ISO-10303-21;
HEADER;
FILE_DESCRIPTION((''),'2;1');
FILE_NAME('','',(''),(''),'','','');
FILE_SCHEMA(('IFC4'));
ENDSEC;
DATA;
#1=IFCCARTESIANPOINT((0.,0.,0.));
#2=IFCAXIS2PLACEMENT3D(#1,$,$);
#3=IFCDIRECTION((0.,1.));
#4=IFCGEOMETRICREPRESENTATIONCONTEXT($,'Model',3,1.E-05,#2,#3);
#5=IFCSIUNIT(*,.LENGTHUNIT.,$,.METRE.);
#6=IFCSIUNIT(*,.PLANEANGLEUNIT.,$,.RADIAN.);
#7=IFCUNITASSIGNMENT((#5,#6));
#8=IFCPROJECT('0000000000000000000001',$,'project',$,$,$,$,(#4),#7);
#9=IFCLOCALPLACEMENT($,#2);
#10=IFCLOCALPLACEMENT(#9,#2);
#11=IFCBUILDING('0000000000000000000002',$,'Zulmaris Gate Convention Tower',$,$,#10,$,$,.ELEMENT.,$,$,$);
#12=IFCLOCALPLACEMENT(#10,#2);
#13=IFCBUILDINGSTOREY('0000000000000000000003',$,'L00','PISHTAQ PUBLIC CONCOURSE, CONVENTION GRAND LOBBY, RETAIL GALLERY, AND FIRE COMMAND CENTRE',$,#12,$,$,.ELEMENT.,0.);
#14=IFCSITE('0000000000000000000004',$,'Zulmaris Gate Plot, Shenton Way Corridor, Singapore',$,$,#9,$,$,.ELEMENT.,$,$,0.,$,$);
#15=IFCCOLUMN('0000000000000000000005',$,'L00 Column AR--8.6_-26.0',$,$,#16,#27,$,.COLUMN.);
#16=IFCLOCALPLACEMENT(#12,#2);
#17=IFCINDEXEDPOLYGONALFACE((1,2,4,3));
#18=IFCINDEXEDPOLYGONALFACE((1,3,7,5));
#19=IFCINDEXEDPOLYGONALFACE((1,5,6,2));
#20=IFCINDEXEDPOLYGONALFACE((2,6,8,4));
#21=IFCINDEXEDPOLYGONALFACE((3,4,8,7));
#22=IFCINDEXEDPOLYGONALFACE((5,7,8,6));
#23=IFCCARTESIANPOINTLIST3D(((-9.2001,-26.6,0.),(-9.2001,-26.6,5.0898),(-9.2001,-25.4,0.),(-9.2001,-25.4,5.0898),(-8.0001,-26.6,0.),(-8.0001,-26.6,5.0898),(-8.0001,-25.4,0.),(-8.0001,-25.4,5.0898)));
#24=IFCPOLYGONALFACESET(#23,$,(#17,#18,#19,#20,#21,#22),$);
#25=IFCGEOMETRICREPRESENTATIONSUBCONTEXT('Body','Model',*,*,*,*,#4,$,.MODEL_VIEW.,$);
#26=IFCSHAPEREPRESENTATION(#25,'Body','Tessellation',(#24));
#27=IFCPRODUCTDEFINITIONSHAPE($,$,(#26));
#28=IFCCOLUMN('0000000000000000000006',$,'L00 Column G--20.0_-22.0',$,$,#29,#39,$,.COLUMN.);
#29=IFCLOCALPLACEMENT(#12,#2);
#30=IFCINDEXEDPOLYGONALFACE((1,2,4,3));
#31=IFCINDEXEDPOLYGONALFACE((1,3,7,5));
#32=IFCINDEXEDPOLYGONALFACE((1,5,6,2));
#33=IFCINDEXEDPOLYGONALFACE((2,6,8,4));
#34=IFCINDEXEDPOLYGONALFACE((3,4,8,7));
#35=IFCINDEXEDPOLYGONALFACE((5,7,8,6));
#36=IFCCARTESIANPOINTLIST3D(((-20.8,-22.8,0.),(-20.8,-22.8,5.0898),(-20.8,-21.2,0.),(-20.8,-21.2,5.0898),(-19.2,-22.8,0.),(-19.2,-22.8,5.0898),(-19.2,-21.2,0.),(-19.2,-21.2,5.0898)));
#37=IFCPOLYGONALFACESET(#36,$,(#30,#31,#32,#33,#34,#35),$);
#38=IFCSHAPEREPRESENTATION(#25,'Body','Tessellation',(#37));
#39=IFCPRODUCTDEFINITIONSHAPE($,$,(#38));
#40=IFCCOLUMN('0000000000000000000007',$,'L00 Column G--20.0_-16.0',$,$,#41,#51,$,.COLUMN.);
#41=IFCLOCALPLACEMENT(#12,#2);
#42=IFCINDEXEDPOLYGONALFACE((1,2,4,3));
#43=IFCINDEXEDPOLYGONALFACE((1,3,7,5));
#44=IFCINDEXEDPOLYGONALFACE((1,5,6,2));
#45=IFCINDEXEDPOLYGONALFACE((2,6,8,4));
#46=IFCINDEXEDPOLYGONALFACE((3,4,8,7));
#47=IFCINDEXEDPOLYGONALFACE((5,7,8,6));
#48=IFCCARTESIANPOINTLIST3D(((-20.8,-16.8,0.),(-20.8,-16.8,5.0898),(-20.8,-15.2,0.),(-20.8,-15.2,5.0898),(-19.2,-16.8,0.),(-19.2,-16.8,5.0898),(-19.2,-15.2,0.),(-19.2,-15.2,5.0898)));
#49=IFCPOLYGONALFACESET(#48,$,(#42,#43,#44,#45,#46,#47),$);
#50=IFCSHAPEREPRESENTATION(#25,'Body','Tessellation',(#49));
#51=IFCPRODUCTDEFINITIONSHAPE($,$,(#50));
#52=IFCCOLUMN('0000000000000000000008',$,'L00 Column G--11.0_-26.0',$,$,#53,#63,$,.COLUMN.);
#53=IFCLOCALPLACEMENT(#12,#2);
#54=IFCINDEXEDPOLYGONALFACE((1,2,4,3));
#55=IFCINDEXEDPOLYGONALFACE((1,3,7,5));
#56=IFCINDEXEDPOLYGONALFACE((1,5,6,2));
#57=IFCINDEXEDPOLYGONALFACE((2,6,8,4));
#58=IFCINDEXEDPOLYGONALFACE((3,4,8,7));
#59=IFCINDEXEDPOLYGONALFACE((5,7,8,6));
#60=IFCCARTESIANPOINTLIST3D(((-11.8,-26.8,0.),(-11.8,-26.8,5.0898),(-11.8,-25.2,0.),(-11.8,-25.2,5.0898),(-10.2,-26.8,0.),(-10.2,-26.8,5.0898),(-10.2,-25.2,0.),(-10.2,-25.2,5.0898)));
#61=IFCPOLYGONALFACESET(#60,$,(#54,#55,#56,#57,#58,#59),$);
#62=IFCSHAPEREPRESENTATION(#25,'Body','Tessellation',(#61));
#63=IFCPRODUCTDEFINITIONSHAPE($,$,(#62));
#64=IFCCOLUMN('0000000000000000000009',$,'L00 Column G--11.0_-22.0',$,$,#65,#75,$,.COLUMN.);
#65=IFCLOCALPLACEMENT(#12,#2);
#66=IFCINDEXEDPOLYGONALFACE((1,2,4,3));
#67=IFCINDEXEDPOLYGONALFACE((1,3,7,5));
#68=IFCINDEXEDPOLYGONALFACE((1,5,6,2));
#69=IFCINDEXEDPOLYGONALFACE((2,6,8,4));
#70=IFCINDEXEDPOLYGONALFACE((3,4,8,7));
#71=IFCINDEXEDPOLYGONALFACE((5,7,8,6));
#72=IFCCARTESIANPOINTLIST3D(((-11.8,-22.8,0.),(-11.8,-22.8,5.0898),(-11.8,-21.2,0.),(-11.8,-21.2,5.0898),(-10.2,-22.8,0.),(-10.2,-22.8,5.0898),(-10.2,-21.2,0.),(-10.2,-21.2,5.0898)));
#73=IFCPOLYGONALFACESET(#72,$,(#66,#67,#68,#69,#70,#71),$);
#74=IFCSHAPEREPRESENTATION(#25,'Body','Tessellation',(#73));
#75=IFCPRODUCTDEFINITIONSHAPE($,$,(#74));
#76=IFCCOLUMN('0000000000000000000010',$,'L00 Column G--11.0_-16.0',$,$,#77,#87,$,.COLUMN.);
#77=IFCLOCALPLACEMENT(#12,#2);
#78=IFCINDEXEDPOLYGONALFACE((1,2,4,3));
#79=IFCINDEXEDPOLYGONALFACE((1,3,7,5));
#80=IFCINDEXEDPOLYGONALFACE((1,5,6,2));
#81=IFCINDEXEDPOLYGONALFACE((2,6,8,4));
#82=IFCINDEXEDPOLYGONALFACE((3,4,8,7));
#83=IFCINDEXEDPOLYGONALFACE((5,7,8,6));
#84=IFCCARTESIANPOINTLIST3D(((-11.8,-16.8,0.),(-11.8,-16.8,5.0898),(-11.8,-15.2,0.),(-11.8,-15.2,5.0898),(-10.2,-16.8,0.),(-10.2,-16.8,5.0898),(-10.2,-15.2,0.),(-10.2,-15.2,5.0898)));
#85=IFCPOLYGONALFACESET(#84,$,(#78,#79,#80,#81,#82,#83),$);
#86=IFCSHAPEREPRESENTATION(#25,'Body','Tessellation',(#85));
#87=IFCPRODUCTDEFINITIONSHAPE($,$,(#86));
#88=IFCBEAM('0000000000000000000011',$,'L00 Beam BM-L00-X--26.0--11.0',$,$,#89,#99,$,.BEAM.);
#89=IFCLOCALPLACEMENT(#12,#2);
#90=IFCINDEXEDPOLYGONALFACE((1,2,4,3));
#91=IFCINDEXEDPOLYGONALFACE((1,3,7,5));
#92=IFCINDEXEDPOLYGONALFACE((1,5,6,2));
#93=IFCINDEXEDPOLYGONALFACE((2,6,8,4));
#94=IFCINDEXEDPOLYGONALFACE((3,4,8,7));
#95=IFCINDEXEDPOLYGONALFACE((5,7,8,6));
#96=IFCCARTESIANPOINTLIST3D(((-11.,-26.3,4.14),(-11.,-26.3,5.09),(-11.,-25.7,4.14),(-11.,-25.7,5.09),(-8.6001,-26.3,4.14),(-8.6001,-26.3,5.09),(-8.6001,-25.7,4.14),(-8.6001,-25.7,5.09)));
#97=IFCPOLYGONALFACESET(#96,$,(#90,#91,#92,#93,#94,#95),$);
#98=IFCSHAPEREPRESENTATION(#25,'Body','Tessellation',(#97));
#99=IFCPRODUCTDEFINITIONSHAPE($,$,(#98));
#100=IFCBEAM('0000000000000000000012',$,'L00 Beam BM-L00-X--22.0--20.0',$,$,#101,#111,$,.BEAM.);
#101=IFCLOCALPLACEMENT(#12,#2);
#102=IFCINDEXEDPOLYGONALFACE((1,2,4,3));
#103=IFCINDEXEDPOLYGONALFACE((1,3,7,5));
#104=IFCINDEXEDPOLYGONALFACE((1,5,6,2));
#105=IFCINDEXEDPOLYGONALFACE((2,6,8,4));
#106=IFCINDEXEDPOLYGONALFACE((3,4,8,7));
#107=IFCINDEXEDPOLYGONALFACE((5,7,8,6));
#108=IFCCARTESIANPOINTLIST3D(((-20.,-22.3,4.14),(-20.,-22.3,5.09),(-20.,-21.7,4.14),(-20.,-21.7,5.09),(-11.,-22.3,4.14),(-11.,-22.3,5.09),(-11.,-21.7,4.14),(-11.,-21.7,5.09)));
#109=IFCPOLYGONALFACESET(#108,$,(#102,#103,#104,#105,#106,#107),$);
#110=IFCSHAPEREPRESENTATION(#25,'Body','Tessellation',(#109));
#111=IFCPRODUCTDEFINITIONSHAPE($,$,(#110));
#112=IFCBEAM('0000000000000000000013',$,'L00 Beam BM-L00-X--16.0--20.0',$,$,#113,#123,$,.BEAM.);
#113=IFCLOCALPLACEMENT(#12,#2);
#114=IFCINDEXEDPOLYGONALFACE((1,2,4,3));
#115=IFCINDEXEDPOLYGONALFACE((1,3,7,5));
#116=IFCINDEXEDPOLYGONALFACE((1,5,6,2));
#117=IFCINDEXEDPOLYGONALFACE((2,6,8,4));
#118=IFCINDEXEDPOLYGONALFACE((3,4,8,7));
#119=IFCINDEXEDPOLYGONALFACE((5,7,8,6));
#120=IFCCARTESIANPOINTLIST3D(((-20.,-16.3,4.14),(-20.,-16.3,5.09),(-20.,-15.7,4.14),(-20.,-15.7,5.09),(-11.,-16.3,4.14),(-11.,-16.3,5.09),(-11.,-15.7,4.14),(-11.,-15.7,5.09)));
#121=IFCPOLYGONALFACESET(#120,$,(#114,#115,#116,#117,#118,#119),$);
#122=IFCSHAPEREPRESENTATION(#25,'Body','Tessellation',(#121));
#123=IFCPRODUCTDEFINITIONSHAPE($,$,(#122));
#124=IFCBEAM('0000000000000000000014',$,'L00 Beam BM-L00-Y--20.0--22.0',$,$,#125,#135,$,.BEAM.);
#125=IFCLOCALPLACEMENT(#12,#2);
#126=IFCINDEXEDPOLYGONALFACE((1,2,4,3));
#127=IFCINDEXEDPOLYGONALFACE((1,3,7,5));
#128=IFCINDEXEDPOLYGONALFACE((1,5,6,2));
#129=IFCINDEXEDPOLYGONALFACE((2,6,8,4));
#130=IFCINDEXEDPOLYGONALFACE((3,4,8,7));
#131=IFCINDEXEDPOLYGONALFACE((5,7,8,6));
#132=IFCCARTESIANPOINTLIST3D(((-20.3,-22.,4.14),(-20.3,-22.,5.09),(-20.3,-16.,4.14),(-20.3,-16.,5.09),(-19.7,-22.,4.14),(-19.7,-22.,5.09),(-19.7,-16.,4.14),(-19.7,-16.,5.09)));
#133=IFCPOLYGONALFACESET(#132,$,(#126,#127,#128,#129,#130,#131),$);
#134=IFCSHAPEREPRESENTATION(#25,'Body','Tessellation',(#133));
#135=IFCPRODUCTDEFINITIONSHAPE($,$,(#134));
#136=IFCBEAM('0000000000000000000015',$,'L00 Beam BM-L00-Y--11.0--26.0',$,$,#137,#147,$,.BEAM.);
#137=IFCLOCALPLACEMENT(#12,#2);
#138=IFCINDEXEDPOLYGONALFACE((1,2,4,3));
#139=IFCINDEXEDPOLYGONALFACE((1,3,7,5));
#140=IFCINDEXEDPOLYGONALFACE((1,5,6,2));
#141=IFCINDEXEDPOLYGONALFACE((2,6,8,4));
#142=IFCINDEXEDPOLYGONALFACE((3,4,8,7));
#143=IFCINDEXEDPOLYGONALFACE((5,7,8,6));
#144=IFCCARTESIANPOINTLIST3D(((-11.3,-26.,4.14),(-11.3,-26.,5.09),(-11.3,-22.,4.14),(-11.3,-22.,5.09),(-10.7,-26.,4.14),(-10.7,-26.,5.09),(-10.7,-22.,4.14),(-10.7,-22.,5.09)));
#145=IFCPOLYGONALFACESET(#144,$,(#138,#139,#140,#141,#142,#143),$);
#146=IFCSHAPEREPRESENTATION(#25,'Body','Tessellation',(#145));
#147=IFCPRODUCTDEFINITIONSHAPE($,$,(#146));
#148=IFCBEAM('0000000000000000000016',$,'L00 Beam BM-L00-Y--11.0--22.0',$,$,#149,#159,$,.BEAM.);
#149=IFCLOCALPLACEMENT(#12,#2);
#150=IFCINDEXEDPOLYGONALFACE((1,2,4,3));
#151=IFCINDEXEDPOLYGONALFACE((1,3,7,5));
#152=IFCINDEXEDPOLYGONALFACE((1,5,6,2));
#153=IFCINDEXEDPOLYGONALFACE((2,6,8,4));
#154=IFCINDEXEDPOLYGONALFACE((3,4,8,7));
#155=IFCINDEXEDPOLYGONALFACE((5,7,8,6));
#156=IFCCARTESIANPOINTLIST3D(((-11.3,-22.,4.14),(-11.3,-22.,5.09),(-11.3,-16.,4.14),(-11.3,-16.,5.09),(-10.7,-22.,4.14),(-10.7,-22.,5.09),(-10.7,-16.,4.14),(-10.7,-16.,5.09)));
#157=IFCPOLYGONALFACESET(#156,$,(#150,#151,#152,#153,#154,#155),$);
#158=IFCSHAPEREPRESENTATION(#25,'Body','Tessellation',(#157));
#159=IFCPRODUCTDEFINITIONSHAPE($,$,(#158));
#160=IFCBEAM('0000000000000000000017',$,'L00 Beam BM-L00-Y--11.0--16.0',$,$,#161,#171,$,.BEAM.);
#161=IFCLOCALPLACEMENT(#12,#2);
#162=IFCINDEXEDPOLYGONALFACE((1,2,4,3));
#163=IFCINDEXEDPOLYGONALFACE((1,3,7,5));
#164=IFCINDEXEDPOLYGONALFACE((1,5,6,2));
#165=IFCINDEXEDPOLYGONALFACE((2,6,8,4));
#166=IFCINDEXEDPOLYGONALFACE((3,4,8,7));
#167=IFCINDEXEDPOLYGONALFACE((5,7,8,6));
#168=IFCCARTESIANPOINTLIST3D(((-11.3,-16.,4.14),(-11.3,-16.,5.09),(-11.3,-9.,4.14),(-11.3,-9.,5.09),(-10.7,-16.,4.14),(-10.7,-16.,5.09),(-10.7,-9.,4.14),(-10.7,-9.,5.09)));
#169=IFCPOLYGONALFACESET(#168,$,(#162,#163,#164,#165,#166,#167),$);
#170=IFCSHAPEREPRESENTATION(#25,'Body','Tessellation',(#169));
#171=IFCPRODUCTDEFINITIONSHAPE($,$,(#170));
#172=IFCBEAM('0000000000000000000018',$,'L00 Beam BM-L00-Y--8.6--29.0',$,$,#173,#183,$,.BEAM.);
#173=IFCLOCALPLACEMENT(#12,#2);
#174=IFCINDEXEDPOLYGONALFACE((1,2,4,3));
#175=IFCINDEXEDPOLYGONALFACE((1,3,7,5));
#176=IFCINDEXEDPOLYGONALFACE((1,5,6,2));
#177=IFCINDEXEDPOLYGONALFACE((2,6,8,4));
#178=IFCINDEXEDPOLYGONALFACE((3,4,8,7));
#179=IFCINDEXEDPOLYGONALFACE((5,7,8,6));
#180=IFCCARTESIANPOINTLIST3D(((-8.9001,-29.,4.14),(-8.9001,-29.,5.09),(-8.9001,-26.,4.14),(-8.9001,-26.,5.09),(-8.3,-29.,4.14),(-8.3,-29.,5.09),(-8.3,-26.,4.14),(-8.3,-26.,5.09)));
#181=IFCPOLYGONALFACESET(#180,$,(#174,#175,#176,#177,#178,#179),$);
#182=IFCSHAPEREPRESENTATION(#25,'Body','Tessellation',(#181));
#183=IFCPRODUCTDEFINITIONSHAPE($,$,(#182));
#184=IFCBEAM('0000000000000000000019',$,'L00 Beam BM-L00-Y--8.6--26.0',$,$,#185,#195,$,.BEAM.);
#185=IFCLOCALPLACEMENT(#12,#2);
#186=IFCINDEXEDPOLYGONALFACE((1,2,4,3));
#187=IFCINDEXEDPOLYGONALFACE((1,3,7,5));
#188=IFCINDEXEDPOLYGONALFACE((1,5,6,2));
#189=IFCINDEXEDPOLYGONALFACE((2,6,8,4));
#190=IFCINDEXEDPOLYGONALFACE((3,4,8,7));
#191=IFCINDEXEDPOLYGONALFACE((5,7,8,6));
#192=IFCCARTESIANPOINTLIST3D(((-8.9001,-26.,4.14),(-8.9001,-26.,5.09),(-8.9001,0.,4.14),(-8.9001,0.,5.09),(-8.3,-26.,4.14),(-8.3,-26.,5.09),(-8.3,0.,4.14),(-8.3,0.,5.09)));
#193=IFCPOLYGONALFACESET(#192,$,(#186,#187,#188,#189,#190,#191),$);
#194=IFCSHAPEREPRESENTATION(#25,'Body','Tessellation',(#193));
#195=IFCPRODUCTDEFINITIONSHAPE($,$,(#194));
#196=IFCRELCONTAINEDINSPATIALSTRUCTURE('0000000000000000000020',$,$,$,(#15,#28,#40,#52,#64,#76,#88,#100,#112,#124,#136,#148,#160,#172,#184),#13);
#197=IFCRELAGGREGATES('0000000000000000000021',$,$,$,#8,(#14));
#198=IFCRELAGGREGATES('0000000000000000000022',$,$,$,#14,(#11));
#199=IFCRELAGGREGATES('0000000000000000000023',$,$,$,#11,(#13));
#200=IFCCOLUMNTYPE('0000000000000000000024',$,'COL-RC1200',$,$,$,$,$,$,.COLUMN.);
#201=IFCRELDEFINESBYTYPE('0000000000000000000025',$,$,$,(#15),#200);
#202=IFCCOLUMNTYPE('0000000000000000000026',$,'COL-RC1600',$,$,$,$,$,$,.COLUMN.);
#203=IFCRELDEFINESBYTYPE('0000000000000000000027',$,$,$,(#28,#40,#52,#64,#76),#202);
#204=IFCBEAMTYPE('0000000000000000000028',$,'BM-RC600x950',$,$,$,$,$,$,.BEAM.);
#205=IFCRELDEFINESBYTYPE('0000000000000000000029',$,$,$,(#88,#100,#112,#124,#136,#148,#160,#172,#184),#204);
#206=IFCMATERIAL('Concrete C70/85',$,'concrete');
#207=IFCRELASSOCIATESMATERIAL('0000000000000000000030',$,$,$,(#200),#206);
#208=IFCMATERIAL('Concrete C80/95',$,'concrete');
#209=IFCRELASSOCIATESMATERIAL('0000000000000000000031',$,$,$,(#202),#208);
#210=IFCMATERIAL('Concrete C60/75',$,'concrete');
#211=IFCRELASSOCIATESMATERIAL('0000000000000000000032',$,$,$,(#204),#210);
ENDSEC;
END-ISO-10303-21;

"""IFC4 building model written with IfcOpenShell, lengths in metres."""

from ifc_helpers import new_model, si_unit, direction, frame, origin, origin_2d, place, context, subcontext, project, spatial, rectangle, extrude, material, material_profile, profile_set, type_object, element, save


model = new_model("IFC4")

# Units and contexts
model_context = context("Model", 3, precision=1e-05, world=origin(), true_north=direction((0.0, 1.0)))
body_context = subcontext(model_context, "Body", "Model", "MODEL_VIEW")
ifc_project = project(units=[si_unit("LENGTHUNIT", "METRE"), si_unit("PLANEANGLEUNIT", "RADIAN")], contexts=[model_context])

# Site, building, storey
site_placement = place(None, origin())
site = spatial("IfcSite", under=ifc_project, at=site_placement, Name="Zulmaris Gate Plot, Shenton Way Corridor, Singapore", CompositionType="ELEMENT", RefElevation=0.0)
building_placement = place(site_placement, origin())
building = spatial("IfcBuilding", under=site, at=building_placement, Name="Zulmaris Gate Convention Tower", CompositionType="ELEMENT")
storey_placement = place(building_placement, origin())
storey = spatial("IfcBuildingStorey", under=building, at=storey_placement, Name="L00", Description="PISHTAQ PUBLIC CONCOURSE, CONVENTION GRAND LOBBY, RETAIL GALLERY, AND FIRE COMMAND CENTRE", CompositionType="ELEMENT", Elevation=0.0)

# Columns
ifc_material_1 = material(Name="Concrete C70/85", Category="concrete")
ifc_material_profile_1 = material_profile(ifc_material_1, rectangle(XDim=1.2, YDim=1.2, at=origin_2d()), Name="RC COL 1200x1200")
ifc_profile_set_1 = profile_set([ifc_material_profile_1], Name="Concrete C70/85")
column_type_1 = type_object("IfcColumnType", Name="COL-RC1200", PredefinedType="COLUMN", material=ifc_profile_set_1)
column_placement = place(storey_placement, frame((-8.6001, -26.0, 0.0), z_axis=(0.0, 0.0, 1.0), x_axis=(1.0, 0.0, 0.0)))
element("IfcColumn", 1, at=column_placement, inside=storey, type_object=column_type_1, Name="L00 Column AR--8.6_-26.0", PredefinedType="COLUMN", context=body_context, shape_type="SweptSolid", body=[
    extrude(rectangle(XDim=1.2, YDim=1.2, at=origin_2d()), origin(), (0.0, 0.0, 1.0), 5.0898),
])
ifc_material_2 = material(Name="Concrete C80/95", Category="concrete")
ifc_material_profile_2 = material_profile(ifc_material_2, rectangle(XDim=1.6001, YDim=1.6001, at=origin_2d()), Name="RC COL 1600x1600")
ifc_profile_set_2 = profile_set([ifc_material_profile_2], Name="Concrete C80/95")
column_type_2 = type_object("IfcColumnType", Name="COL-RC1600", PredefinedType="COLUMN", material=ifc_profile_set_2)
for number, where, z_axis, x_axis, name in (
    (2, (-20.0, -22.0, 0.0), (0.0, 0.0, 1.0), (1.0, 0.0, 0.0), "L00 Column G--20.0_-22.0"),
    (3, (-20.0, -16.0, 0.0), (0.0, 0.0, 1.0), (1.0, 0.0, 0.0), "L00 Column G--20.0_-16.0"),
    (4, (-11.0, -26.0, 0.0), (0.0, 0.0, 1.0), (1.0, 0.0, 0.0), "L00 Column G--11.0_-26.0"),
    (5, (-11.0, -22.0, 0.0), (0.0, 0.0, 1.0), (1.0, 0.0, 0.0), "L00 Column G--11.0_-22.0"),
    (6, (-11.0, -16.0, 0.0), (0.0, 0.0, 1.0), (1.0, 0.0, 0.0), "L00 Column G--11.0_-16.0"),
):
    element("IfcColumn", number, at=place(storey_placement, frame(where, z_axis=z_axis, x_axis=x_axis)), inside=storey, type_object=column_type_2, Name=name, PredefinedType="COLUMN", context=body_context, shape_type="SweptSolid", body=[
        extrude(rectangle(XDim=1.6001, YDim=1.6001, at=origin_2d()), origin(), (0.0, 0.0, 1.0), 5.0898),
    ])

# Beams
ifc_material_3 = material(Name="Concrete C60/75", Category="concrete")
ifc_material_profile_3 = material_profile(ifc_material_3, rectangle(XDim=0.6001, YDim=0.95, at=origin_2d()), Name="RC BEAM 600x950")
ifc_profile_set_3 = profile_set([ifc_material_profile_3], Name="Concrete C60/75")
beam_type = type_object("IfcBeamType", Name="BM-RC600x950", PredefinedType="BEAM", material=ifc_profile_set_3)
beam_1_placement = place(storey_placement, frame((-11.0, -26.0, 4.615), z_axis=(1.0, 0.0, 0.0), x_axis=(0.0, 1.0, 0.0)))
element("IfcBeam", 7, at=beam_1_placement, inside=storey, type_object=beam_type, Name="L00 Beam BM-L00-X--26.0--11.0", PredefinedType="BEAM", context=body_context, shape_type="SweptSolid", body=[
    extrude(rectangle(XDim=0.6001, YDim=0.95, at=origin_2d()), origin(), (0.0, 0.0, 1.0), 2.3999),
])
for number, where, z_axis, x_axis, name in (
    (8, (-20.0, -22.0, 4.615), (1.0, 0.0, 0.0), (0.0, 1.0, 0.0), "L00 Beam BM-L00-X--22.0--20.0"),
    (9, (-20.0, -16.0, 4.615), (1.0, 0.0, 0.0), (0.0, 1.0, 0.0), "L00 Beam BM-L00-X--16.0--20.0"),
):
    element("IfcBeam", number, at=place(storey_placement, frame(where, z_axis=z_axis, x_axis=x_axis)), inside=storey, type_object=beam_type, Name=name, PredefinedType="BEAM", context=body_context, shape_type="SweptSolid", body=[
        extrude(rectangle(XDim=0.6001, YDim=0.95, at=origin_2d()), origin(), (0.0, 0.0, 1.0), 9.0),
    ])
beam_2_placement = place(storey_placement, frame((-20.0, -22.0, 4.615), z_axis=(0.0, 1.0, 0.0), x_axis=(-1.0, 0.0, 0.0)))
element("IfcBeam", 10, at=beam_2_placement, inside=storey, type_object=beam_type, Name="L00 Beam BM-L00-Y--20.0--22.0", PredefinedType="BEAM", context=body_context, shape_type="SweptSolid", body=[
    extrude(rectangle(XDim=0.6001, YDim=0.95, at=origin_2d()), origin(), (0.0, 0.0, 1.0), 6.0),
])
beam_3_placement = place(storey_placement, frame((-11.0, -26.0, 4.615), z_axis=(0.0, 1.0, 0.0), x_axis=(-1.0, 0.0, 0.0)))
element("IfcBeam", 11, at=beam_3_placement, inside=storey, type_object=beam_type, Name="L00 Beam BM-L00-Y--11.0--26.0", PredefinedType="BEAM", context=body_context, shape_type="SweptSolid", body=[
    extrude(rectangle(XDim=0.6001, YDim=0.95, at=origin_2d()), origin(), (0.0, 0.0, 1.0), 4.0),
])
beam_4_placement = place(storey_placement, frame((-11.0, -22.0, 4.615), z_axis=(0.0, 1.0, 0.0), x_axis=(-1.0, 0.0, 0.0)))
element("IfcBeam", 12, at=beam_4_placement, inside=storey, type_object=beam_type, Name="L00 Beam BM-L00-Y--11.0--22.0", PredefinedType="BEAM", context=body_context, shape_type="SweptSolid", body=[
    extrude(rectangle(XDim=0.6001, YDim=0.95, at=origin_2d()), origin(), (0.0, 0.0, 1.0), 6.0),
])
beam_5_placement = place(storey_placement, frame((-11.0, -16.0, 4.615), z_axis=(0.0, 1.0, 0.0), x_axis=(-1.0, 0.0, 0.0)))
element("IfcBeam", 13, at=beam_5_placement, inside=storey, type_object=beam_type, Name="L00 Beam BM-L00-Y--11.0--16.0", PredefinedType="BEAM", context=body_context, shape_type="SweptSolid", body=[
    extrude(rectangle(XDim=0.6001, YDim=0.95, at=origin_2d()), origin(), (0.0, 0.0, 1.0), 7.0),
])
beam_6_placement = place(storey_placement, frame((-8.6001, -29.0, 4.615), z_axis=(0.0, 1.0, 0.0), x_axis=(-1.0, 0.0, 0.0)))
element("IfcBeam", 14, at=beam_6_placement, inside=storey, type_object=beam_type, Name="L00 Beam BM-L00-Y--8.6--29.0", PredefinedType="BEAM", context=body_context, shape_type="SweptSolid", body=[
    extrude(rectangle(XDim=0.6001, YDim=0.95, at=origin_2d()), origin(), (0.0, 0.0, 1.0), 3.0),
])
beam_7_placement = place(storey_placement, frame((-8.6001, -26.0, 4.615), z_axis=(0.0, 1.0, 0.0), x_axis=(-1.0, 0.0, 0.0)))
element("IfcBeam", 15, at=beam_7_placement, inside=storey, type_object=beam_type, Name="L00 Beam BM-L00-Y--8.6--26.0", PredefinedType="BEAM", context=body_context, shape_type="SweptSolid", body=[
    extrude(rectangle(XDim=0.6001, YDim=0.95, at=origin_2d()), origin(), (0.0, 0.0, 1.0), 26.0),
])

save(model, "model.ifc")
